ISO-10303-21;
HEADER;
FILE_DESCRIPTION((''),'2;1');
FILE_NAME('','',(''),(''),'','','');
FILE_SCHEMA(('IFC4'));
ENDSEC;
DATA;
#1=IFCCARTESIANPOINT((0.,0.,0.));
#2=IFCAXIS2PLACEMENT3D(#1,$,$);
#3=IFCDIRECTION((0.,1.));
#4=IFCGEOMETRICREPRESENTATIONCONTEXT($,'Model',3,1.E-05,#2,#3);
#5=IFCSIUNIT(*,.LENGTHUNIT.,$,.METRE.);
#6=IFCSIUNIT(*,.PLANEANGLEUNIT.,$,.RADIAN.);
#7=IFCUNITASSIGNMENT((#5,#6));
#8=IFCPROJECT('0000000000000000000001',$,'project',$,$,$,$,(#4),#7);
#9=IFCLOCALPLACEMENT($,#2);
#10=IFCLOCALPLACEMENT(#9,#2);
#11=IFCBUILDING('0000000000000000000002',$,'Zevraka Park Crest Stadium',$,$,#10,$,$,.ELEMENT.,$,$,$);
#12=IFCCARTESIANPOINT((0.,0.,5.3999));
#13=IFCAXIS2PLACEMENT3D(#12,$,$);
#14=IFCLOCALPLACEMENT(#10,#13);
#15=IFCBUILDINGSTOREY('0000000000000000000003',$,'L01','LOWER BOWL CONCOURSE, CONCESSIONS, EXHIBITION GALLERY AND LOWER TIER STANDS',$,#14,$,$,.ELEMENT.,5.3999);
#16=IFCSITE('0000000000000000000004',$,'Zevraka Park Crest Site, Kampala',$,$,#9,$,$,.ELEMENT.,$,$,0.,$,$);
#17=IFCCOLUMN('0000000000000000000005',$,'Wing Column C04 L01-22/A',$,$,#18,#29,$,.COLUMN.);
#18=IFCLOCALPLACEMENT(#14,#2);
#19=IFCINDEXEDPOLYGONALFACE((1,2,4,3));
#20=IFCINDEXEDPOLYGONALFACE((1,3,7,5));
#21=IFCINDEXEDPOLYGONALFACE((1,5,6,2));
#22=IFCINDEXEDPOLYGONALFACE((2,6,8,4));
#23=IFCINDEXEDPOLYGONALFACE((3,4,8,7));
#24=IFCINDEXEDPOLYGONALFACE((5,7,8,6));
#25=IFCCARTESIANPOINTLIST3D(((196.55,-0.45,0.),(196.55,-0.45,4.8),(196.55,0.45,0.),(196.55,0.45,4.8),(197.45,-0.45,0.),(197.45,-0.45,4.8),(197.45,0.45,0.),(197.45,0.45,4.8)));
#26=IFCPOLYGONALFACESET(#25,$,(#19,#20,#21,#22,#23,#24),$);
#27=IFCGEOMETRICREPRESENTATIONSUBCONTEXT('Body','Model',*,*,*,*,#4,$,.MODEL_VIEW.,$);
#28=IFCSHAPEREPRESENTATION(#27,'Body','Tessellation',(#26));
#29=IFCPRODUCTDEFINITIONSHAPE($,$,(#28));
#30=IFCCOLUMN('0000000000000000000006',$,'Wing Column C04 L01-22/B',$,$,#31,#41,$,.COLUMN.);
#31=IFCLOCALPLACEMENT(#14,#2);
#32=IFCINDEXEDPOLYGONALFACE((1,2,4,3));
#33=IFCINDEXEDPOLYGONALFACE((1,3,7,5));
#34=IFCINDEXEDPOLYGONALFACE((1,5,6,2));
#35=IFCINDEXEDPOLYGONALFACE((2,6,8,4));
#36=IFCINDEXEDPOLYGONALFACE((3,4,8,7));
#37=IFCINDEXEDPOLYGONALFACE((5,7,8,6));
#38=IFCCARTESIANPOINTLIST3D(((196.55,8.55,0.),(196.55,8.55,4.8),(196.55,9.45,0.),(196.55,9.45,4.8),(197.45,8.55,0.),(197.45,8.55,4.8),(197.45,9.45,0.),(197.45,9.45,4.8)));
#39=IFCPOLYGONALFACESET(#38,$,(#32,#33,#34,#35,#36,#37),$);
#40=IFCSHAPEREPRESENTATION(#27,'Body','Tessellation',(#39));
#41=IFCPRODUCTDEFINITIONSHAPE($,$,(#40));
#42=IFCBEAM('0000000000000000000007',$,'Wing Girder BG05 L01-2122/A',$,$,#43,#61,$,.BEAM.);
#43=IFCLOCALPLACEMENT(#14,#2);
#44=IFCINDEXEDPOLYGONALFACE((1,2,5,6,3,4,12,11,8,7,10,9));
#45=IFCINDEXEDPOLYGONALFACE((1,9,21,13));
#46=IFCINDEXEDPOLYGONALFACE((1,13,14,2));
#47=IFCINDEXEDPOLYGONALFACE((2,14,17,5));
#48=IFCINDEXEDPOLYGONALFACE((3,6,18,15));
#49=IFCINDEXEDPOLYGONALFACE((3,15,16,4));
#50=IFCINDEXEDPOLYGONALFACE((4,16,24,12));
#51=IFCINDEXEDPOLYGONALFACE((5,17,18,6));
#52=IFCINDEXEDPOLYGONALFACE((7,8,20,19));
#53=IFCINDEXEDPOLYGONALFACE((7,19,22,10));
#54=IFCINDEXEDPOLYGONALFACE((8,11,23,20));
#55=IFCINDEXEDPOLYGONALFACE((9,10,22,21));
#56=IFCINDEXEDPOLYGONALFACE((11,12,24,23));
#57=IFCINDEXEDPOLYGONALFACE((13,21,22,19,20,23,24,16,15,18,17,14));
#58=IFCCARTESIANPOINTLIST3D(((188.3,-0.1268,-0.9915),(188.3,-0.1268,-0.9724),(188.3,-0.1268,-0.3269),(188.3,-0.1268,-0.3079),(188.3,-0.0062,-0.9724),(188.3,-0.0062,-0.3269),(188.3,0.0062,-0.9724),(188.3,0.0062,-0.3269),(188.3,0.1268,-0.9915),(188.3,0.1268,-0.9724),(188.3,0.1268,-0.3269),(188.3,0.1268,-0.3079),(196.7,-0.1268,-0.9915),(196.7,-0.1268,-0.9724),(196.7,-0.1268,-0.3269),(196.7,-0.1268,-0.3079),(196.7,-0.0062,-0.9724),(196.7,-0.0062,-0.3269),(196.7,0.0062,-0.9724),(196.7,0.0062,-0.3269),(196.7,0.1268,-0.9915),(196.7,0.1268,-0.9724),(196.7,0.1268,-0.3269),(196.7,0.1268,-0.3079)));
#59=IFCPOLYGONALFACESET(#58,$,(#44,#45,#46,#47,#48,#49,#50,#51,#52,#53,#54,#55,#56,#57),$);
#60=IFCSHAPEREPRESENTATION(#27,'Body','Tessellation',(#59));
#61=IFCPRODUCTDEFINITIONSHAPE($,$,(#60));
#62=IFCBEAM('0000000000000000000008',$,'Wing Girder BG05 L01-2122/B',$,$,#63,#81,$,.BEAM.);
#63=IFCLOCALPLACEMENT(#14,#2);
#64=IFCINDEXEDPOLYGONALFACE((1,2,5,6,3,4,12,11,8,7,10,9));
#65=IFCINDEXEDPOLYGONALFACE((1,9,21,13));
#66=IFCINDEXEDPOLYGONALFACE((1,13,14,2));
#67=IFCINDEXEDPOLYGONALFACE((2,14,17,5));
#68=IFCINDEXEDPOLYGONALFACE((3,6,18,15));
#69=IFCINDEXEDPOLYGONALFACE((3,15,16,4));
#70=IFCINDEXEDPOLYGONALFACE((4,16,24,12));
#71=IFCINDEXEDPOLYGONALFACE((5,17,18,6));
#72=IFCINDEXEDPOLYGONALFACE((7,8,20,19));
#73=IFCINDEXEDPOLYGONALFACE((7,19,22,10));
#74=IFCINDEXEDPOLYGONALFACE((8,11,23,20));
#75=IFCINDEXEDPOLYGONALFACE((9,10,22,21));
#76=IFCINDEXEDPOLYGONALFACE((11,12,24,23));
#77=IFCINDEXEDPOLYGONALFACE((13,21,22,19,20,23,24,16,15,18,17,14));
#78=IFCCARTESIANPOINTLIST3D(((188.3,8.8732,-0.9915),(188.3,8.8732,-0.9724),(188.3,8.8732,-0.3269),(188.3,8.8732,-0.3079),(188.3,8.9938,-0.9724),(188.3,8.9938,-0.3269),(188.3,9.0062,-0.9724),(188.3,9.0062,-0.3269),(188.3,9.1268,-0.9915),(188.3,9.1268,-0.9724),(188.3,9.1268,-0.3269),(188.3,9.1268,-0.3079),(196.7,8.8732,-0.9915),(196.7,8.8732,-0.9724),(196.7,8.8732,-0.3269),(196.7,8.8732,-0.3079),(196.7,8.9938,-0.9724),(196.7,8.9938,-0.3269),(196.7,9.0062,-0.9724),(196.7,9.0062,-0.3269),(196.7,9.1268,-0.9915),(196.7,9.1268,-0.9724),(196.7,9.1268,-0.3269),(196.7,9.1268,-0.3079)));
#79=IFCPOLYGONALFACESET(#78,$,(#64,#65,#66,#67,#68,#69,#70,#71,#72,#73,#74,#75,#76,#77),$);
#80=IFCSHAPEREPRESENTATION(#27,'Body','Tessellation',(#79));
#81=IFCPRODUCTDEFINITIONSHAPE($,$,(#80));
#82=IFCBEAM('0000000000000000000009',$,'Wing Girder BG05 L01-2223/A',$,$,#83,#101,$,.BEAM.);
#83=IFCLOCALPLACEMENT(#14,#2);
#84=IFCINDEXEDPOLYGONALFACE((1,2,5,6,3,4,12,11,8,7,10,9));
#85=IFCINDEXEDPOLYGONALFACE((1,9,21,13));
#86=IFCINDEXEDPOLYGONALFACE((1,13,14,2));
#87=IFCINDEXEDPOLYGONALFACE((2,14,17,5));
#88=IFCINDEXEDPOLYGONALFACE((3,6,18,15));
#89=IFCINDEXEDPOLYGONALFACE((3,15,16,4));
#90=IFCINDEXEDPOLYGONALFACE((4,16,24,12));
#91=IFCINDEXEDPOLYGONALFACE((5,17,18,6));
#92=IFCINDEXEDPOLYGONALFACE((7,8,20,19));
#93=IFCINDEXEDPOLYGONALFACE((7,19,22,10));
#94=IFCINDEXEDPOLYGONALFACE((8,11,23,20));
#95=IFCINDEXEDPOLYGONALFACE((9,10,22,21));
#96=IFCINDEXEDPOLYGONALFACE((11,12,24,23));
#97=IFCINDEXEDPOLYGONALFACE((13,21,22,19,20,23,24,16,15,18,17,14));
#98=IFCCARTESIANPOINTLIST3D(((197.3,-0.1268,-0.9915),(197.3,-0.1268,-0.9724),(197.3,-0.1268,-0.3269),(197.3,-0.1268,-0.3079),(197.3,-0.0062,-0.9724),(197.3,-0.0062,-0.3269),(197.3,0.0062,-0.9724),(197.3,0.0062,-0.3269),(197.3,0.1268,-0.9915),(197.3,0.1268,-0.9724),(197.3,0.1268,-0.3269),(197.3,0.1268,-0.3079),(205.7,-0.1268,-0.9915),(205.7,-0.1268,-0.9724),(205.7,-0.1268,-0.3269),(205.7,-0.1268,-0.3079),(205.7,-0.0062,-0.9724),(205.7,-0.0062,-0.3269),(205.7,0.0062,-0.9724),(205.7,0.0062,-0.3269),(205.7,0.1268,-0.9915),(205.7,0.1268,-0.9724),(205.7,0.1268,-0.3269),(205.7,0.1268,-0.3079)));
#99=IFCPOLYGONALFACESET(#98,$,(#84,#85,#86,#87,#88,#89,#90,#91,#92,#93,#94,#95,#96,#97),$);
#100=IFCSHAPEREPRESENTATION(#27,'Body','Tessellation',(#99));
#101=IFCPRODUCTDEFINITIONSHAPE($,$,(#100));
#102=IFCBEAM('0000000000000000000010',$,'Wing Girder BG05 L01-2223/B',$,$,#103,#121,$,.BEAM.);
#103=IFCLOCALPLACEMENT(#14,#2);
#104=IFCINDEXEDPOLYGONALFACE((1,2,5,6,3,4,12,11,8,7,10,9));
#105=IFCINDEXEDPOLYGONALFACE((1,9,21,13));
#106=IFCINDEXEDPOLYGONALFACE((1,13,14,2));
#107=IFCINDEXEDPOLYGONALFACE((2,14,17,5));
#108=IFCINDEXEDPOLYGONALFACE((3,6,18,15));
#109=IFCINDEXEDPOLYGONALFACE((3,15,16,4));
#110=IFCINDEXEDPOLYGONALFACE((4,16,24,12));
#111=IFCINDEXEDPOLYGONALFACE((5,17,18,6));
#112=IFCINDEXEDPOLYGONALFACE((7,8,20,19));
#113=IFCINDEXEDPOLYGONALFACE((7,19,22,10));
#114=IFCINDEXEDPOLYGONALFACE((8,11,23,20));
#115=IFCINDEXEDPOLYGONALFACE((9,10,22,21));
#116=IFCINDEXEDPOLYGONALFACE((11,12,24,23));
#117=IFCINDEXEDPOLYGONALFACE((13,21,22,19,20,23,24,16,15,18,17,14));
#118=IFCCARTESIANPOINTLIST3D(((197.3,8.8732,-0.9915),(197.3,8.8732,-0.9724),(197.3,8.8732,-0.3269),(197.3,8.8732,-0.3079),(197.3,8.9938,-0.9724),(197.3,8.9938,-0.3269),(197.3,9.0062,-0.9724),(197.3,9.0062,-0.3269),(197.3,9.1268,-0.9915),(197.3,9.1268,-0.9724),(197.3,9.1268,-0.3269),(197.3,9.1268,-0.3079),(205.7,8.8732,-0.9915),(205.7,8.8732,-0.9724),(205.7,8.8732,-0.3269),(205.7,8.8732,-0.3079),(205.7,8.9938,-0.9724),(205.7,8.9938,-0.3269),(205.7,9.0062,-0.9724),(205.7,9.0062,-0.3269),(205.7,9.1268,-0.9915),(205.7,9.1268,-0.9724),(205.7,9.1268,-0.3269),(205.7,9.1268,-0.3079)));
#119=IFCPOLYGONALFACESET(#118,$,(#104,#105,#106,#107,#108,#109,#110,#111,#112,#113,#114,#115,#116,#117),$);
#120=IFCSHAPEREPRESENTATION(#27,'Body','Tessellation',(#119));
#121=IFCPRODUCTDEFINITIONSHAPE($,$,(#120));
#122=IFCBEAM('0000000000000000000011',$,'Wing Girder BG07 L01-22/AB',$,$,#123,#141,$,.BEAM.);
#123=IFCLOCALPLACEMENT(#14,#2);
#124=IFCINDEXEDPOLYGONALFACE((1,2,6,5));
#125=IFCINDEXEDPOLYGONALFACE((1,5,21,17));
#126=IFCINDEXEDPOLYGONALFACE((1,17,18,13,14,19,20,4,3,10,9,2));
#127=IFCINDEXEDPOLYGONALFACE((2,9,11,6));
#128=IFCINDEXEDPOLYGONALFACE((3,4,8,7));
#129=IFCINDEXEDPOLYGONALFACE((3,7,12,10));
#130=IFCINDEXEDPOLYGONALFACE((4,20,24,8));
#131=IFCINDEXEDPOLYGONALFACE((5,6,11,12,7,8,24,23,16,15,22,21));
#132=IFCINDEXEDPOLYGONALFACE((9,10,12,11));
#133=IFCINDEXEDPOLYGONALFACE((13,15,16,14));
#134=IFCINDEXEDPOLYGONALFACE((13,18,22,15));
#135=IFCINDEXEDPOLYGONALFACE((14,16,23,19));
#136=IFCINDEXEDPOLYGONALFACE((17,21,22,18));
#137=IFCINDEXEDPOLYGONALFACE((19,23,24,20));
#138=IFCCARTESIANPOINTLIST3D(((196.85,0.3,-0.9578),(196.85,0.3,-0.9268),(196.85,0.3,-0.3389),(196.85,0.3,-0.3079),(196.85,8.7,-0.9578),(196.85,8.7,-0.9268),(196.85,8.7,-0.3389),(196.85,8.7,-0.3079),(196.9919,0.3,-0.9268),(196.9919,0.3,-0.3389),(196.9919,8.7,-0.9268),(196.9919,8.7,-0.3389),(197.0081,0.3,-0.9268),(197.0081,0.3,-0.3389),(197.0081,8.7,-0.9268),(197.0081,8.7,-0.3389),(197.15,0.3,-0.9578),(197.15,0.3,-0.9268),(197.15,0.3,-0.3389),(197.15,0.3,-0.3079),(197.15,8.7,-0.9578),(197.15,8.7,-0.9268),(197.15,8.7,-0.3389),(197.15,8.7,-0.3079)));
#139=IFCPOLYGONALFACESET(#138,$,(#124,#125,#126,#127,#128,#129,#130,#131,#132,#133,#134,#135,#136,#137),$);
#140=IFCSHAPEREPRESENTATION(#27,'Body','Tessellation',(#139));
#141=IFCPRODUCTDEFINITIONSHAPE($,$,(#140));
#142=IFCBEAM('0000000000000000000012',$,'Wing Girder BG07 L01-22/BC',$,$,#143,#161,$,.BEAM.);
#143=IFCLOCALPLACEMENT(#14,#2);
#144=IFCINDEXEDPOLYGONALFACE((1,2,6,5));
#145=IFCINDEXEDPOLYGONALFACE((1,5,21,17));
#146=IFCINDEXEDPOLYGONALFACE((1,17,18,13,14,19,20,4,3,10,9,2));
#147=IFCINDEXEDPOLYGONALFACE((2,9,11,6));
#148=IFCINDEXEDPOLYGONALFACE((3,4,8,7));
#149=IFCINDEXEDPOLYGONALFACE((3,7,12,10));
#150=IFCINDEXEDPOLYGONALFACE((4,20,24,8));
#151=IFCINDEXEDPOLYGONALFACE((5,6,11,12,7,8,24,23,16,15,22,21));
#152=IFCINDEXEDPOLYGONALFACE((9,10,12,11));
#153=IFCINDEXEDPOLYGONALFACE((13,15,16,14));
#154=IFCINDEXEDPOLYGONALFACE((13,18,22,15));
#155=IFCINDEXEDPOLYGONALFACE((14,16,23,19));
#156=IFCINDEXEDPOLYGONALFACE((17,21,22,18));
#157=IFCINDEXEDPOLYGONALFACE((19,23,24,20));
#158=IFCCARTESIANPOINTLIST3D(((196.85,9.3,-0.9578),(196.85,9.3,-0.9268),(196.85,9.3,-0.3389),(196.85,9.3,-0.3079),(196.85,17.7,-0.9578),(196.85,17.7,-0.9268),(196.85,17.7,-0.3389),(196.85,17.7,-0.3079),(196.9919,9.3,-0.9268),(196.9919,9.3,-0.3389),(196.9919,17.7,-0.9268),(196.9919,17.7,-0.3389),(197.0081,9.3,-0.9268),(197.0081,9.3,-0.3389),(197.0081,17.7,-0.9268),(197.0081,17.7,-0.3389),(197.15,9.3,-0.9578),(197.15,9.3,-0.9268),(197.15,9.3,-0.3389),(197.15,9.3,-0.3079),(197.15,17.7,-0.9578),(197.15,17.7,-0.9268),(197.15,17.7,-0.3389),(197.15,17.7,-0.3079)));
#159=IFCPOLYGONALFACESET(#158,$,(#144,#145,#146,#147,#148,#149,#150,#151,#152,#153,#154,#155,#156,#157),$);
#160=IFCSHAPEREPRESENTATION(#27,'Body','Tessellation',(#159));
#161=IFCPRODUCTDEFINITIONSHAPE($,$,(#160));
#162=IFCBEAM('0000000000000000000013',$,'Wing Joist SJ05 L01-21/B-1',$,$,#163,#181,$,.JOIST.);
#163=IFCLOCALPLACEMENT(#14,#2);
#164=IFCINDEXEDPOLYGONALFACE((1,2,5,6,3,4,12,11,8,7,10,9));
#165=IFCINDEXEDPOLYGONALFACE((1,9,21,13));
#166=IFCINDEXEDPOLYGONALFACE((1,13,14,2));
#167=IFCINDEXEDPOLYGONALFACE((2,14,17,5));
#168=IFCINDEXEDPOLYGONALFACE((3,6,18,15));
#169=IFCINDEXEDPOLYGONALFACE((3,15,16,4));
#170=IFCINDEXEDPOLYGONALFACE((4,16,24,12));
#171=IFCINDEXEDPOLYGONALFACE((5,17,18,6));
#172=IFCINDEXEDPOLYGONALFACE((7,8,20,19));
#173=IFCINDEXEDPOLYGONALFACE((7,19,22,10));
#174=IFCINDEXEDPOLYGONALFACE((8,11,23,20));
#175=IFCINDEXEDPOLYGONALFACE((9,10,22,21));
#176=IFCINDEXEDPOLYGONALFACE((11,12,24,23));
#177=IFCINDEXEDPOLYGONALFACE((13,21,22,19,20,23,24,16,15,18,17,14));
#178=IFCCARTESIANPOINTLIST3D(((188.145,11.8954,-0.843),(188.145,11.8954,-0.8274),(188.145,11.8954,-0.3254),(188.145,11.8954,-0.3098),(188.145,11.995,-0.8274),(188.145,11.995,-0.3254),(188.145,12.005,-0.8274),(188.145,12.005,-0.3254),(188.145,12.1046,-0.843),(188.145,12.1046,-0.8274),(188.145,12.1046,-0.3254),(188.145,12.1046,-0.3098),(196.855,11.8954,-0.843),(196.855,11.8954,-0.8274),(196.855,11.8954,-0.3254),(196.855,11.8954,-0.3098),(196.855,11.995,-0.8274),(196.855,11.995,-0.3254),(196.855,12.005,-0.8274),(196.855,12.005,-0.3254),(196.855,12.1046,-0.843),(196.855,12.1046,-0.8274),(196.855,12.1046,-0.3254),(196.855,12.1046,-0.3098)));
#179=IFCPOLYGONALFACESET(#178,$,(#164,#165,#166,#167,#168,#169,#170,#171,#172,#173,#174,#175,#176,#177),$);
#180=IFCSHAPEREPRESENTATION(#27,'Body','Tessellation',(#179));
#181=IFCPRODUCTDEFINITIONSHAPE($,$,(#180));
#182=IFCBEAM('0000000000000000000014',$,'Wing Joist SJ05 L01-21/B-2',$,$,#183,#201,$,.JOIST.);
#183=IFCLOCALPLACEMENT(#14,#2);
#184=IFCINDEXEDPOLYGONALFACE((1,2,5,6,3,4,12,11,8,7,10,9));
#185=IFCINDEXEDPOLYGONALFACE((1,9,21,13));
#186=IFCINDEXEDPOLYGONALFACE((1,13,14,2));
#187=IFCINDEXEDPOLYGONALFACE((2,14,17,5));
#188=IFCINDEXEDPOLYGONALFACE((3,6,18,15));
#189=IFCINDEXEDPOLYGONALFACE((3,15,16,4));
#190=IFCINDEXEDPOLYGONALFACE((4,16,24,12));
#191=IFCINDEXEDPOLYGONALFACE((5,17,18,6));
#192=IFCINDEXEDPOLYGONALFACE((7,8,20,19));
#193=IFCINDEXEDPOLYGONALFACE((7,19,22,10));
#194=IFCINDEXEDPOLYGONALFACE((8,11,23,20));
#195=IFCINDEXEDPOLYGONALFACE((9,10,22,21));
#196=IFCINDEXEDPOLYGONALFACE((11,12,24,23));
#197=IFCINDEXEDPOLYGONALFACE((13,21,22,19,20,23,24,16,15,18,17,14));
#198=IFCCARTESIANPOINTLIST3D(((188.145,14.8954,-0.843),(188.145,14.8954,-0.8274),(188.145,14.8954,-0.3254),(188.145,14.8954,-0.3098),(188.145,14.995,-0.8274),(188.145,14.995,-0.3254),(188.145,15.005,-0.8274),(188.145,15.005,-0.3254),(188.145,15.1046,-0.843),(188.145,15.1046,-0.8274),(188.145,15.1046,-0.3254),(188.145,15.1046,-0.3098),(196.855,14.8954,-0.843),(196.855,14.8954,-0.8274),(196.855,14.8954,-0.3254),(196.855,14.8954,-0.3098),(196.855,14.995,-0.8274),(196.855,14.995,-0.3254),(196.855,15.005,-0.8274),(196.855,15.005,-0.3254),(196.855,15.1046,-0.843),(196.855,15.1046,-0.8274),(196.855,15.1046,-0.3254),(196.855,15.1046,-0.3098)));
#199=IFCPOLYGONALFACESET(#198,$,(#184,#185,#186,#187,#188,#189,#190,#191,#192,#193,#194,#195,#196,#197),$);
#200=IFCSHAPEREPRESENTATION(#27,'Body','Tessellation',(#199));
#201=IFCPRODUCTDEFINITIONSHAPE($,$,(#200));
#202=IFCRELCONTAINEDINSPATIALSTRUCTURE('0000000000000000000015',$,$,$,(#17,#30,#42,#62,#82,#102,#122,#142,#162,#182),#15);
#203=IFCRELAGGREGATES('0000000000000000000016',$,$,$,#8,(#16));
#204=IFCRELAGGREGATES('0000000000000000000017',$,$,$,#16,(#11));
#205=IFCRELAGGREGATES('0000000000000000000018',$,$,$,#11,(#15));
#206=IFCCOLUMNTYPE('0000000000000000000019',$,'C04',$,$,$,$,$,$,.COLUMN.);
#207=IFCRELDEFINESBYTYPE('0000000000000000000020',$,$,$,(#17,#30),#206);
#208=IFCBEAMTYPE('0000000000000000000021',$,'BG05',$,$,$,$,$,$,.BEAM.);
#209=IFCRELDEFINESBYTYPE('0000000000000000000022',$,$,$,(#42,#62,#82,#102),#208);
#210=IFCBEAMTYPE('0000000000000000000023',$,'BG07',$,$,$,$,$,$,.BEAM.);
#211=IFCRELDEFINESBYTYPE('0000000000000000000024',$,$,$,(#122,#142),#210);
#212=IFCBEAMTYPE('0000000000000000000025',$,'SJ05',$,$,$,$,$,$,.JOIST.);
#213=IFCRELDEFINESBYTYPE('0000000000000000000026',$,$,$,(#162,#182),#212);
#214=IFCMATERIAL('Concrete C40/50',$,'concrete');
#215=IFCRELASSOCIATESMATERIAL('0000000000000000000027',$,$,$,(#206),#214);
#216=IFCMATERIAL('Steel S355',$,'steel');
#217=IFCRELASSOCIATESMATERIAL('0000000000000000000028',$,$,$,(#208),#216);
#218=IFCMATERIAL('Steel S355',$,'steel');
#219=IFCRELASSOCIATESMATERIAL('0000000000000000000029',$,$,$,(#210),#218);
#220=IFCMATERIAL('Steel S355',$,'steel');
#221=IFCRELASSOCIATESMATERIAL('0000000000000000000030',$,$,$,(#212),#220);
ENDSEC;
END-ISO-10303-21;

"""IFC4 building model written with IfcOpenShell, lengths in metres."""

from ifc_helpers import new_model, si_unit, direction, frame, origin, origin_2d, place, context, subcontext, project, spatial, rectangle, i_section, extrude, material, material_profile, profile_set, type_object, element, save


model = new_model("IFC4")

# Units and contexts
model_context = context("Model", 3, precision=1e-05, world=origin(), true_north=direction((0.0, 1.0)))
body_context = subcontext(model_context, "Body", "Model", "MODEL_VIEW")
ifc_project = project(units=[si_unit("LENGTHUNIT", "METRE"), si_unit("PLANEANGLEUNIT", "RADIAN")], contexts=[model_context])

# Site, building, storey
site_placement = place(None, origin())
site = spatial("IfcSite", under=ifc_project, at=site_placement, Name="Zevraka Park Crest Site, Kampala", CompositionType="ELEMENT", RefElevation=0.0)
building_placement = place(site_placement, origin())
building = spatial("IfcBuilding", under=site, at=building_placement, Name="Zevraka Park Crest Stadium", CompositionType="ELEMENT")
storey_placement = place(building_placement, frame((0.0, 0.0, 5.3999)))
storey = spatial("IfcBuildingStorey", under=building, at=storey_placement, Name="L01", Description="LOWER BOWL CONCOURSE, CONCESSIONS, EXHIBITION GALLERY AND LOWER TIER STANDS", CompositionType="ELEMENT", Elevation=5.3999)

# Columns
ifc_material_1 = material(Name="Concrete C40/50", Category="concrete")
ifc_material_profile_1 = material_profile(ifc_material_1, rectangle(XDim=0.8999, YDim=0.8999, at=origin_2d()), Name="RC 900x900")
ifc_profile_set_1 = profile_set([ifc_material_profile_1], Name="Concrete C40/50")
column_type = type_object("IfcColumnType", Name="C04", PredefinedType="COLUMN", material=ifc_profile_set_1)
for number, where, z_axis, x_axis, name in (
    (1, (197.0, 0.0, 0.0), (0.0, 0.0, 1.0), (1.0, 0.0, 0.0), "Wing Column C04 L01-22/A"),
    (2, (197.0, 9.0, 0.0), (0.0, 0.0, 1.0), (1.0, 0.0, 0.0), "Wing Column C04 L01-22/B"),
):
    element("IfcColumn", number, at=place(storey_placement, frame(where, z_axis=z_axis, x_axis=x_axis)), inside=storey, type_object=column_type, Name=name, PredefinedType="COLUMN", context=body_context, shape_type="SweptSolid", body=[
        extrude(rectangle(XDim=0.8999, YDim=0.8999, at=origin_2d()), origin(), (0.0, 0.0, 1.0), 4.8),
    ])

# Beams
ifc_material_2 = material(Name="Steel S355", Category="steel")
ifc_material_profile_2 = material_profile(ifc_material_2, i_section(OverallWidth=0.2537, OverallDepth=0.6836, WebThickness=0.0125, FlangeThickness=0.019, at=origin_2d()), Name="UKB 686x254x140")
ifc_profile_set_2 = profile_set([ifc_material_profile_2], Name="Steel S355")
beam_type_1 = type_object("IfcBeamType", Name="BG05", PredefinedType="BEAM", material=ifc_profile_set_2)
for number, where, z_axis, x_axis, name in (
    (3, (188.3, 0.0, -0.6497), (1.0, 0.0, 0.0), (0.0, 1.0, 0.0), "Wing Girder BG05 L01-2122/A"),
    (4, (188.3, 9.0, -0.6497), (1.0, 0.0, 0.0), (0.0, 1.0, 0.0), "Wing Girder BG05 L01-2122/B"),
    (5, (197.3, 0.0, -0.6497), (1.0, 0.0, 0.0), (0.0, 1.0, 0.0), "Wing Girder BG05 L01-2223/A"),
    (6, (197.3, 9.0, -0.6497), (1.0, 0.0, 0.0), (0.0, 1.0, 0.0), "Wing Girder BG05 L01-2223/B"),
):
    element("IfcBeam", number, at=place(storey_placement, frame(where, z_axis=z_axis, x_axis=x_axis)), inside=storey, type_object=beam_type_1, Name=name, PredefinedType="BEAM", context=body_context, shape_type="SweptSolid", body=[
        extrude(i_section(OverallWidth=0.2537, OverallDepth=0.6836, WebThickness=0.0125, FlangeThickness=0.019, at=origin_2d()), origin(), (0.0, 0.0, 1.0), 8.3999),
    ])
ifc_material_3 = material(Name="Steel S355", Category="steel")
ifc_material_profile_3 = material_profile(ifc_material_3, i_section(OverallWidth=0.3, OverallDepth=0.6499, WebThickness=0.0161, FlangeThickness=0.031, at=origin_2d()), Name="HEB 650")
ifc_profile_set_3 = profile_set([ifc_material_profile_3], Name="Steel S355")
beam_type_2 = type_object("IfcBeamType", Name="BG07", PredefinedType="BEAM", material=ifc_profile_set_3)
for number, where, z_axis, x_axis, name in (
    (7, (197.0, 0.3, -0.6328), (0.0, 1.0, 0.0), (-1.0, 0.0, 0.0), "Wing Girder BG07 L01-22/AB"),
    (8, (197.0, 9.3, -0.6328), (0.0, 1.0, 0.0), (-1.0, 0.0, 0.0), "Wing Girder BG07 L01-22/BC"),
):
    element("IfcBeam", number, at=place(storey_placement, frame(where, z_axis=z_axis, x_axis=x_axis)), inside=storey, type_object=beam_type_2, Name=name, PredefinedType="BEAM", context=body_context, shape_type="SweptSolid", body=[
        extrude(i_section(OverallWidth=0.3, OverallDepth=0.6499, WebThickness=0.0161, FlangeThickness=0.031, at=origin_2d()), origin(), (0.0, 0.0, 1.0), 8.3999),
    ])
ifc_material_4 = material(Name="Steel S355", Category="steel")
ifc_material_profile_4 = material_profile(ifc_material_4, i_section(OverallWidth=0.2092, OverallDepth=0.5332, WebThickness=0.01, FlangeThickness=0.0156, at=origin_2d()), Name="UKB 533x210x92")
ifc_profile_set_4 = profile_set([ifc_material_profile_4], Name="Steel S355")
beam_type_3 = type_object("IfcBeamType", Name="SJ05", PredefinedType="JOIST", material=ifc_profile_set_4)
for number, where, z_axis, x_axis, name in (
    (9, (188.145, 12.0, -0.5764), (1.0, 0.0, 0.0), (0.0, 1.0, 0.0), "Wing Joist SJ05 L01-21/B-1"),
    (10, (188.145, 15.0, -0.5764), (1.0, 0.0, 0.0), (0.0, 1.0, 0.0), "Wing Joist SJ05 L01-21/B-2"),
):
    element("IfcBeam", number, at=place(storey_placement, frame(where, z_axis=z_axis, x_axis=x_axis)), inside=storey, type_object=beam_type_3, Name=name, PredefinedType="JOIST", context=body_context, shape_type="SweptSolid", body=[
        extrude(i_section(OverallWidth=0.2092, OverallDepth=0.5332, WebThickness=0.01, FlangeThickness=0.0156, at=origin_2d()), origin(), (0.0, 0.0, 1.0), 8.71),
    ])

save(model, "model.ifc")
